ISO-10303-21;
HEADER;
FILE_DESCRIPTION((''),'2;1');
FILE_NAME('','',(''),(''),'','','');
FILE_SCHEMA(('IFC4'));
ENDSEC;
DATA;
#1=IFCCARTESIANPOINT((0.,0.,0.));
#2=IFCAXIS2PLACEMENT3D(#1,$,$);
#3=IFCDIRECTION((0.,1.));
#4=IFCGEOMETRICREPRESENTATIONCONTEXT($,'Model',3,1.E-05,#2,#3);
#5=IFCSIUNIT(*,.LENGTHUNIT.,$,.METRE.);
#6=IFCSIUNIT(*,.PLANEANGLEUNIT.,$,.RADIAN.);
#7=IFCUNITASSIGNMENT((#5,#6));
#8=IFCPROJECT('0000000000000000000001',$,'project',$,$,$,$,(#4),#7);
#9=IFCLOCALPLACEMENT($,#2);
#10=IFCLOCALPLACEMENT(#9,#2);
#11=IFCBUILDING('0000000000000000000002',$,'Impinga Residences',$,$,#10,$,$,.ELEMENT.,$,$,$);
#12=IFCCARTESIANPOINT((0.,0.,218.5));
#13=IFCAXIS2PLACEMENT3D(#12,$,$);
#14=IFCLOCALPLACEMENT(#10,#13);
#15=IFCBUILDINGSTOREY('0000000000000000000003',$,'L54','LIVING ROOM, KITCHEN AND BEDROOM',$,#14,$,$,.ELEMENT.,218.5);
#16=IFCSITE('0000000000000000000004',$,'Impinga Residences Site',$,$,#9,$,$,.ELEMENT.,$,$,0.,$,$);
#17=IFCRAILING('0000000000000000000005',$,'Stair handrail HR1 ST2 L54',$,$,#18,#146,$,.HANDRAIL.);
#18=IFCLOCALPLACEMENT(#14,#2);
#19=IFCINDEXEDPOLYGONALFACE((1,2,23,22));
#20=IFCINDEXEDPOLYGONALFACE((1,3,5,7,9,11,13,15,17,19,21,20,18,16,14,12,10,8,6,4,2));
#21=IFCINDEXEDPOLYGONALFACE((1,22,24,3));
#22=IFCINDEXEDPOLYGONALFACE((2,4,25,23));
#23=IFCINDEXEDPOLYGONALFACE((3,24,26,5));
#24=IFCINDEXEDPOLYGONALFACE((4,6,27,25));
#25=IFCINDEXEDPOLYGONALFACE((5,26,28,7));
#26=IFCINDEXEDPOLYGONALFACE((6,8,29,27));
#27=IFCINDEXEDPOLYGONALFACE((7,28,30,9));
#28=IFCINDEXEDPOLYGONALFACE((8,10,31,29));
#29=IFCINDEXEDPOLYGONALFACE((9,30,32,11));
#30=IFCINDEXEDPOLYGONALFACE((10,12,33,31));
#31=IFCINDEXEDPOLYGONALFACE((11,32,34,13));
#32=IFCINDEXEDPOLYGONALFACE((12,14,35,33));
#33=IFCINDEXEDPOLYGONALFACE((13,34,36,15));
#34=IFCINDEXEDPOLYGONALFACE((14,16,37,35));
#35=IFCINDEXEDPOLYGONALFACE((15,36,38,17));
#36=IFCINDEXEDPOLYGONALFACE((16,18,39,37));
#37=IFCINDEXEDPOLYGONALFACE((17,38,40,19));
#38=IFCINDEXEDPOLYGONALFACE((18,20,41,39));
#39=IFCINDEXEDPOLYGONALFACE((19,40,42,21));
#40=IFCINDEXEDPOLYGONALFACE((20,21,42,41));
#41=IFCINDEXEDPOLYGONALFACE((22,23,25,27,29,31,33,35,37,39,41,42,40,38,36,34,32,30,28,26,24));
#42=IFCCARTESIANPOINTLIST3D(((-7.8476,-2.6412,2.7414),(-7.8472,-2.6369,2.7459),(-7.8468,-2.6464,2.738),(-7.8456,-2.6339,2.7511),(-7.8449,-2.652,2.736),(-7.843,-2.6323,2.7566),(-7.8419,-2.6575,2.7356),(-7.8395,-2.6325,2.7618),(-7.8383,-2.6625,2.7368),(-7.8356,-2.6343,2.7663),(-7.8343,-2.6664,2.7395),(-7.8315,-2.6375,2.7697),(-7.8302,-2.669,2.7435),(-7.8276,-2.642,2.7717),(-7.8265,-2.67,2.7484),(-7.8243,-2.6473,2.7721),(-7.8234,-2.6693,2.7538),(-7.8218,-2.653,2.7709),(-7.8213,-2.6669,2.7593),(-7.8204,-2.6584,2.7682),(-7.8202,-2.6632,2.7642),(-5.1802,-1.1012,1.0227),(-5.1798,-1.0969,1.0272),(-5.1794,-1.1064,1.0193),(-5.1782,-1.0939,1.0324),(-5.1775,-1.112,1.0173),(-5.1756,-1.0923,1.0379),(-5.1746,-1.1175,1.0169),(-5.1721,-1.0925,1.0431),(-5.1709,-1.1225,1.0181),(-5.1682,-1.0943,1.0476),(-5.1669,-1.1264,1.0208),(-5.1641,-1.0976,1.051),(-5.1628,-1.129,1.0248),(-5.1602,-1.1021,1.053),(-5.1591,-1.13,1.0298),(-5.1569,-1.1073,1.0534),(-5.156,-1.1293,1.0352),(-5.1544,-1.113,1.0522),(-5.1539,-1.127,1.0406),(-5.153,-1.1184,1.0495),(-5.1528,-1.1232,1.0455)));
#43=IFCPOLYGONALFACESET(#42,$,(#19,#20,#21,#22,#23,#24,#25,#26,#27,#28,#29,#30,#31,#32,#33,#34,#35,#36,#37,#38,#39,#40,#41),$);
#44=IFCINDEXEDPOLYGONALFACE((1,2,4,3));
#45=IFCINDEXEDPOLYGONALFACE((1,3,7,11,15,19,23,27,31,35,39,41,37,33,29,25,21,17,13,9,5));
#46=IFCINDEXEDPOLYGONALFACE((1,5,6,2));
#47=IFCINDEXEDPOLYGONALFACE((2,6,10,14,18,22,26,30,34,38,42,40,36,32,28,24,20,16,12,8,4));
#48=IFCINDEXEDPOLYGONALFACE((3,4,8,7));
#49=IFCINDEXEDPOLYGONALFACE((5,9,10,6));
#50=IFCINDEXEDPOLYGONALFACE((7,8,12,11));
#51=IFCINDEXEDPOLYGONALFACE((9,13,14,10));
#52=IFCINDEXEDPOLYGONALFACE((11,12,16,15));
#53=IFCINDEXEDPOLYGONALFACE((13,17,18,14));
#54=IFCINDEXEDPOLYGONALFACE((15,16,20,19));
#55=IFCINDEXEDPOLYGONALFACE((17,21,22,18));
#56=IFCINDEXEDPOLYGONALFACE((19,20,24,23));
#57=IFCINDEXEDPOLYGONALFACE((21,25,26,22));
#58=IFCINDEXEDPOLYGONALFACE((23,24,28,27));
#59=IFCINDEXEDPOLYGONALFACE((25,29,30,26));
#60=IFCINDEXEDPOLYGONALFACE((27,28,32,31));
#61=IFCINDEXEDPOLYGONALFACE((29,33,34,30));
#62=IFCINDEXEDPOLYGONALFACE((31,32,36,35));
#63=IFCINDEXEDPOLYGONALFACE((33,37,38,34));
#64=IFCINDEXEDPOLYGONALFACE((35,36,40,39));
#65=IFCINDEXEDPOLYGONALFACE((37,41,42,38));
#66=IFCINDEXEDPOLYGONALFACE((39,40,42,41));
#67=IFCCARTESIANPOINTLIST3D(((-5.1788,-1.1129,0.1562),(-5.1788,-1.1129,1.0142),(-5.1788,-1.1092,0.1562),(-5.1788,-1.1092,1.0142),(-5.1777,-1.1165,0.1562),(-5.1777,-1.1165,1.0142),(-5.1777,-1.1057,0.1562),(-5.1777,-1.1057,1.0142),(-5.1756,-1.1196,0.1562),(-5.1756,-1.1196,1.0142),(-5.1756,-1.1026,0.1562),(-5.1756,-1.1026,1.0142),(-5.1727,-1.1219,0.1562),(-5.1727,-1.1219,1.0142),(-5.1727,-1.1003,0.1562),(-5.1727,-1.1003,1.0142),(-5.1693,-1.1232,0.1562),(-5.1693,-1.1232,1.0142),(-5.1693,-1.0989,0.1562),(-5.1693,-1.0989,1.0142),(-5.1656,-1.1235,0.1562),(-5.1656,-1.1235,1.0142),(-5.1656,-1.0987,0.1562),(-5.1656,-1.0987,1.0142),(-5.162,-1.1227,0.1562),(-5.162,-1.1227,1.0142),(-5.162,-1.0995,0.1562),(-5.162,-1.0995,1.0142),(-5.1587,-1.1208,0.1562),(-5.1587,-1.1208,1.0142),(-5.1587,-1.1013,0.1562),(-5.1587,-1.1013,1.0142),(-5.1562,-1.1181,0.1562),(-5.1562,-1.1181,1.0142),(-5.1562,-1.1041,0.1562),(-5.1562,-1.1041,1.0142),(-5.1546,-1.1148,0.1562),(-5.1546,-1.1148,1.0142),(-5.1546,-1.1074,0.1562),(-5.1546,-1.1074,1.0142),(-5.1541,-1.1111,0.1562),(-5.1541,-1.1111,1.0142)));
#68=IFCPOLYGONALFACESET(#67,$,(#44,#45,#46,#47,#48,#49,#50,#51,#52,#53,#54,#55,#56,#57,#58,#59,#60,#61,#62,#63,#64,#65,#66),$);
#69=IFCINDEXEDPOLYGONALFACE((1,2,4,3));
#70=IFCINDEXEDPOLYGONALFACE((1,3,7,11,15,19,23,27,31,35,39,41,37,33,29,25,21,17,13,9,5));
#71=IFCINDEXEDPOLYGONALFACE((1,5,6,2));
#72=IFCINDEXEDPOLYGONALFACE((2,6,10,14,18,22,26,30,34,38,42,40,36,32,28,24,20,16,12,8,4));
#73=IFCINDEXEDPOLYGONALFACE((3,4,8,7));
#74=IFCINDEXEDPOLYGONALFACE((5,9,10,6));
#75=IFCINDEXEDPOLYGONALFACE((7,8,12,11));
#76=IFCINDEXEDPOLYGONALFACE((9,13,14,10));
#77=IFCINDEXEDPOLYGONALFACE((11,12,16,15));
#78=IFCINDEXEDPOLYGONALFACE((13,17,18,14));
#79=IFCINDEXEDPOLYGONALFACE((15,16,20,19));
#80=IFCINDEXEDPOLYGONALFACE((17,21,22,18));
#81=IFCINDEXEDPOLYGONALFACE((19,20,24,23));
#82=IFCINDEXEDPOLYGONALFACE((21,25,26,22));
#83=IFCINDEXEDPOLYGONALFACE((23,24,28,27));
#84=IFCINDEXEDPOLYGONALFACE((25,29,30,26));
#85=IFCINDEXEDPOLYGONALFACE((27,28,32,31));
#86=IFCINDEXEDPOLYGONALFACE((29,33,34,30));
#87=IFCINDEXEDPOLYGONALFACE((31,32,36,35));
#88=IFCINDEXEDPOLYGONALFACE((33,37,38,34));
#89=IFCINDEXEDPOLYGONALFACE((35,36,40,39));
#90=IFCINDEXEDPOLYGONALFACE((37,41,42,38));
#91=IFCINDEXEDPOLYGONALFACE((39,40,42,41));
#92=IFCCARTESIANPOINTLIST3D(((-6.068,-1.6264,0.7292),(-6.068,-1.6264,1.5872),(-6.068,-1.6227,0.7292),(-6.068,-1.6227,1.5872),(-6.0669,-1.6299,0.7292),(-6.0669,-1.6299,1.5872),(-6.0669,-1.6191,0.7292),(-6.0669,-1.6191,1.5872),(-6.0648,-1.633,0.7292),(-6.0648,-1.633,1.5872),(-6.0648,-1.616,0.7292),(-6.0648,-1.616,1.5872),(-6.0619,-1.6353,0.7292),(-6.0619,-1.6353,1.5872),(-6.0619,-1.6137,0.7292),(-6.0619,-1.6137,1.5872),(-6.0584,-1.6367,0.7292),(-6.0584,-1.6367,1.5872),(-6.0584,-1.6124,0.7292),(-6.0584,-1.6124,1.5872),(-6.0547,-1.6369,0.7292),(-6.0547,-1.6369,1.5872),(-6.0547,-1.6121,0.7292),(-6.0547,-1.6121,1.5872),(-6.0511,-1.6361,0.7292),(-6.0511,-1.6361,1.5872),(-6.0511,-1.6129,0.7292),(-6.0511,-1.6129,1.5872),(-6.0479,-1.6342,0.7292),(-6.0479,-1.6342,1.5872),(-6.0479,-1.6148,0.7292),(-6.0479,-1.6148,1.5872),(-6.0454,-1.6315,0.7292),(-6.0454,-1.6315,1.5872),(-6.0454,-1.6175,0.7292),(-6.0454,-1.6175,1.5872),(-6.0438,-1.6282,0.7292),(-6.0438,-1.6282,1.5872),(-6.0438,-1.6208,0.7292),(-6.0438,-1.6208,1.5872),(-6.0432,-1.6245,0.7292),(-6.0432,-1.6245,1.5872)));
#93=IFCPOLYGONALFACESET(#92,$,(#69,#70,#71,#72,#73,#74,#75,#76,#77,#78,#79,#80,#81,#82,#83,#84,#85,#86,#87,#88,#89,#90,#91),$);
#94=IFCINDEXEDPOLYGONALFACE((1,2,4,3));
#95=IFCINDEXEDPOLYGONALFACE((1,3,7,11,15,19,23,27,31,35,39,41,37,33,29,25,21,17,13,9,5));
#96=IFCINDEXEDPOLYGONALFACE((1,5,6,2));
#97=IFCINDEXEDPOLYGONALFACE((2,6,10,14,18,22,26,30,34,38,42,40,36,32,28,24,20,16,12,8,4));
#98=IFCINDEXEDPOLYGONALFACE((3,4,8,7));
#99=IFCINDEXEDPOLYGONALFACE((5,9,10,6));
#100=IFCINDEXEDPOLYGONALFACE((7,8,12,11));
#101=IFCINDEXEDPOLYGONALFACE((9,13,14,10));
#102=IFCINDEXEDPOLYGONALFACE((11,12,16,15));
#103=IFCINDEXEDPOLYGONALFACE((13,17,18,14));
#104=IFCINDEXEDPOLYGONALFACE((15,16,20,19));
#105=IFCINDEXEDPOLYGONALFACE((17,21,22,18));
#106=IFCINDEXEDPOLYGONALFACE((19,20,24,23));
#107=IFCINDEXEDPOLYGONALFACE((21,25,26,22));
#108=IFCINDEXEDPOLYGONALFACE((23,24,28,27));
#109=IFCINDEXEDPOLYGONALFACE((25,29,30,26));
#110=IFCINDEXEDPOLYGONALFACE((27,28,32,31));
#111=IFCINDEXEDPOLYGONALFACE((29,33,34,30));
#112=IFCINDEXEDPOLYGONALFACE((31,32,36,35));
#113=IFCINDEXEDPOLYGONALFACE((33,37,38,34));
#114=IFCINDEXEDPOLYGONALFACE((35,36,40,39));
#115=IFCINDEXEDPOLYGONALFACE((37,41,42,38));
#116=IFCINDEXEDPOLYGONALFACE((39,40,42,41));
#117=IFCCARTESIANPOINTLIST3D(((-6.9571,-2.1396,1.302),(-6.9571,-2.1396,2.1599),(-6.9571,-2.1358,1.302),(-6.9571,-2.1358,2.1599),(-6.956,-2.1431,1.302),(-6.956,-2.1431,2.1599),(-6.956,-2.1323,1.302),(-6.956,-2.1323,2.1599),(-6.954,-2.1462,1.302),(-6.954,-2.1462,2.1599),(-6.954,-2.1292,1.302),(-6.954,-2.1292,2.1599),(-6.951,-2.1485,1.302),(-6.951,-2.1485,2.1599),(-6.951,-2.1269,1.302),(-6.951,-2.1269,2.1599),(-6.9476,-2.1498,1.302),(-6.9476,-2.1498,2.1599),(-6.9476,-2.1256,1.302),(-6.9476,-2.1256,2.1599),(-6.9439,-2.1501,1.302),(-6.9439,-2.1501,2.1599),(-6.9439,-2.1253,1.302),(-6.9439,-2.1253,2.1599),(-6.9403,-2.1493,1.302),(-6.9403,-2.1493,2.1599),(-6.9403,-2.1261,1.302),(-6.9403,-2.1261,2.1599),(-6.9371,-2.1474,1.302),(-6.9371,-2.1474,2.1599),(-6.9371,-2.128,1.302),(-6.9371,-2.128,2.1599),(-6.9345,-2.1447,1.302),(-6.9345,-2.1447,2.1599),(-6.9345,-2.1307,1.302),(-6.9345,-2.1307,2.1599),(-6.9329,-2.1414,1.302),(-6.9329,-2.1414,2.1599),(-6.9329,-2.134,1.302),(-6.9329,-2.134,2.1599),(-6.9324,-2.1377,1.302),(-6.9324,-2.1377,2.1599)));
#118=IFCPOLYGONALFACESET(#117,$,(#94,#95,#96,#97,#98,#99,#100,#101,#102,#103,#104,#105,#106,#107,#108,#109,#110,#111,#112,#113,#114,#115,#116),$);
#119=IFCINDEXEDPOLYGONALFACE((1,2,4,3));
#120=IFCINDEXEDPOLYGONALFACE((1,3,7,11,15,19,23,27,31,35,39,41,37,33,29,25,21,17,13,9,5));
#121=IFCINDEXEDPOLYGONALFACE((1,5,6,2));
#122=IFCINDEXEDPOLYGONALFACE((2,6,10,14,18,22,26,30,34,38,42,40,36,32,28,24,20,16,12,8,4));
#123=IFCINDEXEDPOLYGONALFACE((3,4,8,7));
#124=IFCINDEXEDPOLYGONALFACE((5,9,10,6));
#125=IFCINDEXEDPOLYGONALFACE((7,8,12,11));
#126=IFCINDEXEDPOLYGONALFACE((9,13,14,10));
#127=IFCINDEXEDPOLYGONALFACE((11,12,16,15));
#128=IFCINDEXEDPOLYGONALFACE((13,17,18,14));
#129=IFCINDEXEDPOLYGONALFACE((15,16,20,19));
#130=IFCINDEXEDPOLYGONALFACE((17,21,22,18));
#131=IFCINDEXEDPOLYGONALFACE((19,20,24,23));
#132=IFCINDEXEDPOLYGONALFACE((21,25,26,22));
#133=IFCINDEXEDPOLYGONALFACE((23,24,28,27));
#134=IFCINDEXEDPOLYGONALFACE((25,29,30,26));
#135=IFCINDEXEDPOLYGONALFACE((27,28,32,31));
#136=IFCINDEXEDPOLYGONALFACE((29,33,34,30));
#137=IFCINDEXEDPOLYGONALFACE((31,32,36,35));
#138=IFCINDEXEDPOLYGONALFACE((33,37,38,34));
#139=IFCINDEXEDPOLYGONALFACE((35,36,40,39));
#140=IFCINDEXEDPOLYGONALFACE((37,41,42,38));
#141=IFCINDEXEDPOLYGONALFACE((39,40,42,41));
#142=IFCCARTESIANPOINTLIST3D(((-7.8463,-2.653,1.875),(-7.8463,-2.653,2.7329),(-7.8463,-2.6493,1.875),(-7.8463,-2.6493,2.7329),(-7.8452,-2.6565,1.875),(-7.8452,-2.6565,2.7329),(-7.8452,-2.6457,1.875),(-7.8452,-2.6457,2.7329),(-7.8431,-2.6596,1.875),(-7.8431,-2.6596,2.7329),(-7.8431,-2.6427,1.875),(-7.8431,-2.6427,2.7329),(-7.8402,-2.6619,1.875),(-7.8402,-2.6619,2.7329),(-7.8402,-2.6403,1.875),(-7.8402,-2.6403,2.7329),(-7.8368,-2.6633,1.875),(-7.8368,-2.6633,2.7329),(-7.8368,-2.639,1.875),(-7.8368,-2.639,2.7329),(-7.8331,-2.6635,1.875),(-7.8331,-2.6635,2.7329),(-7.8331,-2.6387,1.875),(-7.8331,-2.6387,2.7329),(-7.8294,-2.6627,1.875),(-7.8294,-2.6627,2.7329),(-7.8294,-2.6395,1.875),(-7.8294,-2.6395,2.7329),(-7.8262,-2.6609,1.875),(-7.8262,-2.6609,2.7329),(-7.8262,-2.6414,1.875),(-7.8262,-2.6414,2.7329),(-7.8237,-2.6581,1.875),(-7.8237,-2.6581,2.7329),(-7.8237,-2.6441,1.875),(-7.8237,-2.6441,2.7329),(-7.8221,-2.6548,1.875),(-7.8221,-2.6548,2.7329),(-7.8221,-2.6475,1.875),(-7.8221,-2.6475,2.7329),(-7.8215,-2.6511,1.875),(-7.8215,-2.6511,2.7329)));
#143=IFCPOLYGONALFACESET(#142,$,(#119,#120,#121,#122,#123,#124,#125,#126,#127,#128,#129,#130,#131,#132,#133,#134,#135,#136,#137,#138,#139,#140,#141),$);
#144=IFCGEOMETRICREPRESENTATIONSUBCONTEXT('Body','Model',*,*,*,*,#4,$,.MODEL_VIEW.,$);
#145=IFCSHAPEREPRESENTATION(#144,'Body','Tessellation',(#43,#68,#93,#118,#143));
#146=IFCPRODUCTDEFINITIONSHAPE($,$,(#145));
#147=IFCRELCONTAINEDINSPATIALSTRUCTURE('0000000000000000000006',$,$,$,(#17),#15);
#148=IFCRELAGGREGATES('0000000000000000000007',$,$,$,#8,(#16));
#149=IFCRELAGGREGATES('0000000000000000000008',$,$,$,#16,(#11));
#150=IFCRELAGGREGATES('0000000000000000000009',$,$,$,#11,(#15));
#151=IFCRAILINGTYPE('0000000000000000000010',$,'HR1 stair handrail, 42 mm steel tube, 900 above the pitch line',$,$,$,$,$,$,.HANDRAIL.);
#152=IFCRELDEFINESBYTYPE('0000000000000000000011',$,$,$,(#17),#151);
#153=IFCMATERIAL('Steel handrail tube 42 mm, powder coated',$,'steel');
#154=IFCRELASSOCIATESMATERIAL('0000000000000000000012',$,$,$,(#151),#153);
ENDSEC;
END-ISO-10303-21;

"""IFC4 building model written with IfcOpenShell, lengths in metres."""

from ifc_helpers import new_model, si_unit, direction, frame, origin, origin_2d, place, context, subcontext, project, spatial, circle, extrude, material, type_object, element, save


model = new_model("IFC4")

# Units and contexts
model_context = context("Model", 3, precision=1e-05, world=origin(), true_north=direction((0.0, 1.0)))
body_context = subcontext(model_context, "Body", "Model", "MODEL_VIEW")
ifc_project = project(units=[si_unit("LENGTHUNIT", "METRE"), si_unit("PLANEANGLEUNIT", "RADIAN")], contexts=[model_context])

# Site, building, storey
site_placement = place(None, origin())
site = spatial("IfcSite", under=ifc_project, at=site_placement, Name="Impinga Residences Site", CompositionType="ELEMENT", RefElevation=0.0)
building_placement = place(site_placement, origin())
building = spatial("IfcBuilding", under=site, at=building_placement, Name="Impinga Residences", CompositionType="ELEMENT")
storey_placement = place(building_placement, frame((0.0, 0.0, 218.5)))
storey = spatial("IfcBuildingStorey", under=building, at=storey_placement, Name="L54", Description="LIVING ROOM, KITCHEN AND BEDROOM", CompositionType="ELEMENT", Elevation=218.5)

# Railing
ifc_material_1 = material(Name="Steel handrail tube 42 mm, powder coated", Category="steel")
railing_type_1 = type_object("IfcRailingType", Name="HR1 stair handrail, 42 mm steel tube, 900 above the pitch line", PredefinedType="HANDRAIL", material=ifc_material_1)
railing_1_placement = place(storey_placement, frame((-5.1665, -1.1111, 0.1562)))
element("IfcRailing", 1, at=railing_1_placement, inside=storey, type_object=railing_type_1, Name="Stair handrail HR1 ST2 L54", PredefinedType="HANDRAIL", context=body_context, shape_type="SweptSolid", body=[
    extrude(circle(Radius=0.021, at=origin_2d()), frame((0.0, 0.0, 0.8789), z_axis=(-0.756256, -0.436616, 0.487282), x_axis=(0.499992, -0.86603, 0.0)), (0.0, 0.0, 1.0), 3.5271),
    extrude(circle(Radius=0.0125, at=origin_2d()), origin(), (0.0, 0.0, 1.0), 0.8579),
    extrude(circle(Radius=0.0125, at=origin_2d()), frame((-0.8892, -0.5134, 0.573)), (0.0, 0.0, 1.0), 0.8579),
    extrude(circle(Radius=0.0125, at=origin_2d()), frame((-1.7783, -1.0266, 1.1458)), (0.0, 0.0, 1.0), 0.8579),
    extrude(circle(Radius=0.0125, at=origin_2d()), frame((-2.6675, -1.54, 1.7188)), (0.0, 0.0, 1.0), 0.8579),
])

save(model, "model.ifc")
